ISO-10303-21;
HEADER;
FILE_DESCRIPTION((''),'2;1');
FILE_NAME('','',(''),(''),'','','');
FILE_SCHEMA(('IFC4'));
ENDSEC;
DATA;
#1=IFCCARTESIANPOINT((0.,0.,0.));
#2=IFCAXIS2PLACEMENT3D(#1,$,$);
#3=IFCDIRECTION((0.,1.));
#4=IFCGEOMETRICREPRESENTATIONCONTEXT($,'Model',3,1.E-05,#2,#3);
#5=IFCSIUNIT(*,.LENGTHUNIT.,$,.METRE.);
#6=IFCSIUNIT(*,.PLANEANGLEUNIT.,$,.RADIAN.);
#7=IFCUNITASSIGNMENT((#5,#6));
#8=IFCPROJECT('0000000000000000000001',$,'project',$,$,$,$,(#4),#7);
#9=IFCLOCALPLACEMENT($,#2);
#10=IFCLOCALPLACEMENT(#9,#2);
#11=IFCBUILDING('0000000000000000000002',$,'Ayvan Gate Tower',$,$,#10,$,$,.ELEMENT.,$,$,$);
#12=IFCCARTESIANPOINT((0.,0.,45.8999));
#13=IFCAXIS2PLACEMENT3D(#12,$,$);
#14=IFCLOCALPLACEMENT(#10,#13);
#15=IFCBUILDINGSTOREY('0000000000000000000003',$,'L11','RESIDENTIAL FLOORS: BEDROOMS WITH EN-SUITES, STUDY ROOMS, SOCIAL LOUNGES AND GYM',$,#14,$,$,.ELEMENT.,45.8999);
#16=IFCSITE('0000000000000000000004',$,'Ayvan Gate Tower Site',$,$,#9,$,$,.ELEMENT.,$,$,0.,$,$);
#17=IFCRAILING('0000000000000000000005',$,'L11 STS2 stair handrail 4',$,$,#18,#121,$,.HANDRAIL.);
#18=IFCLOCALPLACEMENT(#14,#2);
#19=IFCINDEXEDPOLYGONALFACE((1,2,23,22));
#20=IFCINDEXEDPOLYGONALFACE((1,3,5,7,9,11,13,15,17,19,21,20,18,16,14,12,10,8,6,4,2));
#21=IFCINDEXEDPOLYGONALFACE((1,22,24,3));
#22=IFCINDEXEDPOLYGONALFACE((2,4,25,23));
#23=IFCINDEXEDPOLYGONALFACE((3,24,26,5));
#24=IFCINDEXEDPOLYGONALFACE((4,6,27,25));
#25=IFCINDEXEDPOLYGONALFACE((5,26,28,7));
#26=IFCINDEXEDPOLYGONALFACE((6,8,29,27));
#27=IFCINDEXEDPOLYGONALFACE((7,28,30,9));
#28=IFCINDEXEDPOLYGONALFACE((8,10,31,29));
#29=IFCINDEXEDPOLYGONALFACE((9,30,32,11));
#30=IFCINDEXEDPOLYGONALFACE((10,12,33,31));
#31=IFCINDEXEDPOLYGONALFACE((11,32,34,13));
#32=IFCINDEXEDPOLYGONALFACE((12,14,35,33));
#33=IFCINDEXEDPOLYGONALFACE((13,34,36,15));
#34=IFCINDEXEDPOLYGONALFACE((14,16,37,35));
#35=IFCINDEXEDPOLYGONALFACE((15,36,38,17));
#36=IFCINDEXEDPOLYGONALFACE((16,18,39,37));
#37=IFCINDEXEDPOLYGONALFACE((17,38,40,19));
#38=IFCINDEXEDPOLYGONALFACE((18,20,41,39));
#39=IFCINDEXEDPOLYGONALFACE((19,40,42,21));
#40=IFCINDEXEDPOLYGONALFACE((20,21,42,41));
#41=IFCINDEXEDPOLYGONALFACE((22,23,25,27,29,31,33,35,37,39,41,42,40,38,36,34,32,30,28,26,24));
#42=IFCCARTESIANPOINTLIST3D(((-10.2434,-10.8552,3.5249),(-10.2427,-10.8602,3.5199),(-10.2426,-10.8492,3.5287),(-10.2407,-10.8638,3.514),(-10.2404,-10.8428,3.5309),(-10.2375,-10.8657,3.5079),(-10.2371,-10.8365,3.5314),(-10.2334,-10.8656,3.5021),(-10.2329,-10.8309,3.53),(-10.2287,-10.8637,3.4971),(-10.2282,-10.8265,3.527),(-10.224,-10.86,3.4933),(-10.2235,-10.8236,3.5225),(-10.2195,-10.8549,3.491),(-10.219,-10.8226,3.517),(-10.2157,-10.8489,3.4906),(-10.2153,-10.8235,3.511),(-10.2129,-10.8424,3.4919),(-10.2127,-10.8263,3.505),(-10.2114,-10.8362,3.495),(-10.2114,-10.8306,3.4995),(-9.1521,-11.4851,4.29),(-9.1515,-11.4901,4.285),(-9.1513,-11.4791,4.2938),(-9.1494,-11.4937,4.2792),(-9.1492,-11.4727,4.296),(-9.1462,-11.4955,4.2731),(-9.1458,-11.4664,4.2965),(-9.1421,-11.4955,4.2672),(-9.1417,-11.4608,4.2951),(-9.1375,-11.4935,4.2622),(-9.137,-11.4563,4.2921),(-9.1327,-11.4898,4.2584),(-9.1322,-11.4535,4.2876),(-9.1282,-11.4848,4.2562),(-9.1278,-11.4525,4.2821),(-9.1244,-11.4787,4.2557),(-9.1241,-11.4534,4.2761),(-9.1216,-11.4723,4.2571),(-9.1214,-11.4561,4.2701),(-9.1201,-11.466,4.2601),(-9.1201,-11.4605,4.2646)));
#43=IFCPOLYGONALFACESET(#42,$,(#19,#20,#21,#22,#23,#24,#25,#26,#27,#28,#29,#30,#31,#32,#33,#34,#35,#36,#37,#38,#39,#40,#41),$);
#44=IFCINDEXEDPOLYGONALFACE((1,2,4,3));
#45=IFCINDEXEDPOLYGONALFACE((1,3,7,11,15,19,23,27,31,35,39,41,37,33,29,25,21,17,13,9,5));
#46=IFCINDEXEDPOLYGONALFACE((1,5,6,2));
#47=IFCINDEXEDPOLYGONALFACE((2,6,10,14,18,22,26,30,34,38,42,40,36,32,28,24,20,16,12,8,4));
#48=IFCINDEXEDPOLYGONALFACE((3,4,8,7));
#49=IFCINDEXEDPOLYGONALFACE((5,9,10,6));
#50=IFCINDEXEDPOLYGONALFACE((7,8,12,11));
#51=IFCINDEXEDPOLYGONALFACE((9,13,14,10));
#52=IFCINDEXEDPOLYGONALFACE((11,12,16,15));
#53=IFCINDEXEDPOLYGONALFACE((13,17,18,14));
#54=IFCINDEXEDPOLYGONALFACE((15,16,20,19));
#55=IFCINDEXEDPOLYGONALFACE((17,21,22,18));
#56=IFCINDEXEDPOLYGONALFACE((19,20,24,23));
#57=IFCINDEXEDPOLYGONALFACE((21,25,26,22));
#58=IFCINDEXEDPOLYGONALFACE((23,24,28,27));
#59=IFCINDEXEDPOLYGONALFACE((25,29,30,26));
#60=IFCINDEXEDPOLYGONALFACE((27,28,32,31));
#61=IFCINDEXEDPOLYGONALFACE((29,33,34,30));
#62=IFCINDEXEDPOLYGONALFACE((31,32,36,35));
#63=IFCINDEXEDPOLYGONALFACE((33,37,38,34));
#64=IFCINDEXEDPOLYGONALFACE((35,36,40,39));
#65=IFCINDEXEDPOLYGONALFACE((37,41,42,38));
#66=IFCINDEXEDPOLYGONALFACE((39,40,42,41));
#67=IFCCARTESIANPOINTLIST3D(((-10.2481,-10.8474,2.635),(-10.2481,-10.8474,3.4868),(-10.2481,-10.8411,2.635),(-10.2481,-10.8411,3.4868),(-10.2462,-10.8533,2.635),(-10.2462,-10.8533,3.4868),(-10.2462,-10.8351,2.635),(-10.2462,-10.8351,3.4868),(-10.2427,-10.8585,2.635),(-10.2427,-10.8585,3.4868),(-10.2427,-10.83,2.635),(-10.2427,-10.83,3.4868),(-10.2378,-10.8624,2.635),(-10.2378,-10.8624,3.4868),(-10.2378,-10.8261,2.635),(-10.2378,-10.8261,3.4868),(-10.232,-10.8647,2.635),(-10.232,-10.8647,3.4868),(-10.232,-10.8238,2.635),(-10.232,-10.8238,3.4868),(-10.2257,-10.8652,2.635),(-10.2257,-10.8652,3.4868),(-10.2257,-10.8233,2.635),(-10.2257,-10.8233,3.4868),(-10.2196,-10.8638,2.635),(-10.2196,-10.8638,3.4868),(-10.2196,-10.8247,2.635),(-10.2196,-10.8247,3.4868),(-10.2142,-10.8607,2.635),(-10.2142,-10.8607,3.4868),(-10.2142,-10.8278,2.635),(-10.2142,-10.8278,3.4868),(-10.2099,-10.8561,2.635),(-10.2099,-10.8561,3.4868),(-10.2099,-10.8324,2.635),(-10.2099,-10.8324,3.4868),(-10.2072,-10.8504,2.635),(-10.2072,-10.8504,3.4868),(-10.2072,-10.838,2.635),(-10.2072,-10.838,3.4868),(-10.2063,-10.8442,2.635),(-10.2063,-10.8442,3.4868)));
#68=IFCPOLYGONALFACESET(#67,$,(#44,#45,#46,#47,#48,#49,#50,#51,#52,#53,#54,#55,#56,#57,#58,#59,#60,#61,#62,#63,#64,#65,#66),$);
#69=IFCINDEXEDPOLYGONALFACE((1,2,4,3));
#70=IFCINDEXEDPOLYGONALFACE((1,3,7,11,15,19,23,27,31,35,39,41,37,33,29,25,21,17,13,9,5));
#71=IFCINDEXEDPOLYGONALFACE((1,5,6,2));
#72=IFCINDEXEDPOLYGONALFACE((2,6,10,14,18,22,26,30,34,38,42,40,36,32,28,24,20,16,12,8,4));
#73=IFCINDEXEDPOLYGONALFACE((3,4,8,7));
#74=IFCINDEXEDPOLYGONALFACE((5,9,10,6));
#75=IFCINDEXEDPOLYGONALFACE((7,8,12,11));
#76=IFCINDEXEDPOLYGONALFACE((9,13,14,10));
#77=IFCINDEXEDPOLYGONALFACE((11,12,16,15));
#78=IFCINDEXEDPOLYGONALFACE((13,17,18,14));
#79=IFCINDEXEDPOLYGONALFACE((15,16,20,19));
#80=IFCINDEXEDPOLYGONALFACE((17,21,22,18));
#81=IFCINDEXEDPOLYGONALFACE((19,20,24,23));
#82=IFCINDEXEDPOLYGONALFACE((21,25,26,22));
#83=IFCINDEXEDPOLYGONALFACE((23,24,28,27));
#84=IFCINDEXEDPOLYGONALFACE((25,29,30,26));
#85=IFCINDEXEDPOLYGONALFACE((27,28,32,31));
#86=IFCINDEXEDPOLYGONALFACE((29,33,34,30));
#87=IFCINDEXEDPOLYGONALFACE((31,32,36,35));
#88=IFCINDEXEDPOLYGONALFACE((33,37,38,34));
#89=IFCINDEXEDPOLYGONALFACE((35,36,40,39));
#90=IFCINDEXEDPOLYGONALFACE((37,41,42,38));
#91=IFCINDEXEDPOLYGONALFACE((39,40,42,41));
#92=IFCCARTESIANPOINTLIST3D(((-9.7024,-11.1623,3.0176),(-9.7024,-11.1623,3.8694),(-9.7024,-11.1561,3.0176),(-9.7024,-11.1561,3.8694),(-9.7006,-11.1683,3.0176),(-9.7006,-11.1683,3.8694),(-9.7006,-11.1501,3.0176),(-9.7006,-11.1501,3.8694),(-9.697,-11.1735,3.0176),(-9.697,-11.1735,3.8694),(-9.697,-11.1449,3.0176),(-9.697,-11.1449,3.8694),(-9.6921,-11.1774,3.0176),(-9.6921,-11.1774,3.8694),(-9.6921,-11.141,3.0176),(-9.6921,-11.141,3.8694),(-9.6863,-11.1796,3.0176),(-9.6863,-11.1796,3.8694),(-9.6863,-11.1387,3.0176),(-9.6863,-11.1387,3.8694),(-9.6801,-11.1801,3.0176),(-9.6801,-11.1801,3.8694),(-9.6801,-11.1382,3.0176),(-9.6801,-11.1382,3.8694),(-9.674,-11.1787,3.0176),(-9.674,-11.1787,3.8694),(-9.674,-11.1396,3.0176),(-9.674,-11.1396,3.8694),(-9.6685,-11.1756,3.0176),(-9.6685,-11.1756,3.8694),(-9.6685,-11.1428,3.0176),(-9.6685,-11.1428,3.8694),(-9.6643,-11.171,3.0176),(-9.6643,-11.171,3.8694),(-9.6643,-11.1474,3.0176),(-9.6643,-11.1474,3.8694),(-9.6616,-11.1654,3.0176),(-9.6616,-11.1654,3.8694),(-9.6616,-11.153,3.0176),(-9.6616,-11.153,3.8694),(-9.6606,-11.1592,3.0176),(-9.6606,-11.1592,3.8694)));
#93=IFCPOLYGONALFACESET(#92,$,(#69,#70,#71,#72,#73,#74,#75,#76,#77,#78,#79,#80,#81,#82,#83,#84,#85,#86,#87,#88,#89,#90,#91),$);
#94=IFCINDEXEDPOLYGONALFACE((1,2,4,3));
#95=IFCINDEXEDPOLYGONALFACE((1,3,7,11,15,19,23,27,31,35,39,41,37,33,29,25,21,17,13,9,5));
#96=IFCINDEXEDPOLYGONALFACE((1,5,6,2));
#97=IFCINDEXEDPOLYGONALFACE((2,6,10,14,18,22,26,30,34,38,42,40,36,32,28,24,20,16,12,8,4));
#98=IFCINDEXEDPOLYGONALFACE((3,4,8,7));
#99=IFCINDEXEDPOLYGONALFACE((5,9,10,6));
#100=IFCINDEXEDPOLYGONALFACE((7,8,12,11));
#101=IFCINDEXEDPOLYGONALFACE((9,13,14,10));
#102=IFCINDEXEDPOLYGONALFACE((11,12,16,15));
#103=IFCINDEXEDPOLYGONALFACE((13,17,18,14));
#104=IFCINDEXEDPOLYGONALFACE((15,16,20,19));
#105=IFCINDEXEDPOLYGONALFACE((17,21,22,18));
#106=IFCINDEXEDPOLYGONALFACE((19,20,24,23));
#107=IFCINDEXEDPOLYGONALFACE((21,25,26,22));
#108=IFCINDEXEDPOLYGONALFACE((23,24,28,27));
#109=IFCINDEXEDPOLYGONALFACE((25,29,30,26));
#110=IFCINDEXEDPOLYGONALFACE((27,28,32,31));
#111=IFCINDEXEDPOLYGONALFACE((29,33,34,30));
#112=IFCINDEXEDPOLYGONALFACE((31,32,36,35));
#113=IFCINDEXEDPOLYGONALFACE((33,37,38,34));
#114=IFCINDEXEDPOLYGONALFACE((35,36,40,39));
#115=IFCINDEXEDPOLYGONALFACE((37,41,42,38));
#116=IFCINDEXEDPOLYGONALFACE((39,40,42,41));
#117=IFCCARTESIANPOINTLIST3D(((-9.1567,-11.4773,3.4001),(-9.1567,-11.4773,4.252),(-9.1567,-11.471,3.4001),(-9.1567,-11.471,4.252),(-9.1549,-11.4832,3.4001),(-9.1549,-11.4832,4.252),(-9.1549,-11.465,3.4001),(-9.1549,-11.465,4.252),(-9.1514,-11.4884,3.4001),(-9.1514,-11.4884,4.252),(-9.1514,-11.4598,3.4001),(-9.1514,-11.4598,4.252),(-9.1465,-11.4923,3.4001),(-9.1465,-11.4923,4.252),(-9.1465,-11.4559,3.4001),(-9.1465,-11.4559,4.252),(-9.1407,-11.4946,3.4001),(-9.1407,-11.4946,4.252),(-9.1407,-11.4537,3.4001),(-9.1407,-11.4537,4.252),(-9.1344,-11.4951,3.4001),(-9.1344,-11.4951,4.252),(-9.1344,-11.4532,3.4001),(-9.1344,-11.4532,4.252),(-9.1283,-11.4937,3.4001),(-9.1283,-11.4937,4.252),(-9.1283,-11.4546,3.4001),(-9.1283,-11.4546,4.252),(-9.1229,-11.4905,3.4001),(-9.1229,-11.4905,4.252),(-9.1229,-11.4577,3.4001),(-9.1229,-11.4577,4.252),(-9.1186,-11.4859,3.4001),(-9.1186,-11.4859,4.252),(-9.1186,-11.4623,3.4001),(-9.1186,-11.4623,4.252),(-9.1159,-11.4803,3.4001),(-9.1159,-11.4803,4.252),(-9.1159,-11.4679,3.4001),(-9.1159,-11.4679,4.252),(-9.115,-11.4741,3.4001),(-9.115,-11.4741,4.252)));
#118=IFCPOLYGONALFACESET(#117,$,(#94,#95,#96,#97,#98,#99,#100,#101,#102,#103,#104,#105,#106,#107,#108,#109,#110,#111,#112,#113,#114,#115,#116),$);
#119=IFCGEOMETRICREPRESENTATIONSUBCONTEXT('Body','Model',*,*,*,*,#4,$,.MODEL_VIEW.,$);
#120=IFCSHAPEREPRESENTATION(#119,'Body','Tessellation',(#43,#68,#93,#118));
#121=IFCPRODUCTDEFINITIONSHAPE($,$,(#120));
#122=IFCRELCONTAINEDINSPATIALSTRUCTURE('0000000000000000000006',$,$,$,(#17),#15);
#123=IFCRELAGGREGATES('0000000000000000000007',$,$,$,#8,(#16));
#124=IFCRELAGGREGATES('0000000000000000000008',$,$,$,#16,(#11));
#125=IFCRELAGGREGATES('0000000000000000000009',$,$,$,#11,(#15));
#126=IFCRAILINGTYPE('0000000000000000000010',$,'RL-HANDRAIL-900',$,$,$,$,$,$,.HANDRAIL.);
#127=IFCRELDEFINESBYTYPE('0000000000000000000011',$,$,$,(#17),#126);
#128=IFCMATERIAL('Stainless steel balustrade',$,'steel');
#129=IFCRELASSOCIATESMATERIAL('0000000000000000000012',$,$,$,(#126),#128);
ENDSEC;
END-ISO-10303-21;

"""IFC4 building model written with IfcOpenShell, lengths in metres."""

from ifc_helpers import new_model, si_unit, direction, frame, origin, origin_2d, place, context, subcontext, project, spatial, circle, extrude, material, type_object, element, save


model = new_model("IFC4")

# Units and contexts
model_context = context("Model", 3, precision=1e-05, world=origin(), true_north=direction((0.0, 1.0)))
body_context = subcontext(model_context, "Body", "Model", "MODEL_VIEW")
ifc_project = project(units=[si_unit("LENGTHUNIT", "METRE"), si_unit("PLANEANGLEUNIT", "RADIAN")], contexts=[model_context])

# Site, building, storey
site_placement = place(None, origin())
site = spatial("IfcSite", under=ifc_project, at=site_placement, Name="Ayvan Gate Tower Site", CompositionType="ELEMENT", RefElevation=0.0)
building_placement = place(site_placement, origin())
building = spatial("IfcBuilding", under=site, at=building_placement, Name="Ayvan Gate Tower", CompositionType="ELEMENT")
storey_placement = place(building_placement, frame((0.0, 0.0, 45.8999)))
storey = spatial("IfcBuildingStorey", under=building, at=storey_placement, Name="L11", Description="RESIDENTIAL FLOORS: BEDROOMS WITH EN-SUITES, STUDY ROOMS, SOCIAL LOUNGES AND GYM", CompositionType="ELEMENT", Elevation=45.8999)

# Railing
ifc_material_1 = material(Name="Stainless steel balustrade", Category="steel")
railing_type_1 = type_object("IfcRailingType", Name="RL-HANDRAIL-900", PredefinedType="HANDRAIL", material=ifc_material_1)
railing_1_placement = place(storey_placement, frame((-10.2273, -10.8442, 2.635)))
element("IfcRailing", 1, at=railing_1_placement, inside=storey, type_object=railing_type_1, Name="L11 STS2 stair handrail 4", PredefinedType="HANDRAIL", context=body_context, shape_type="SweptSolid", body=[
    extrude(circle(Radius=0.0239, at=origin_2d()), frame((0.0, 0.0, 0.876), z_axis=(0.740293, -0.427283, 0.519033), x_axis=(0.49989, 0.866089, 0.0)), (0.0, 0.0, 1.0), 1.4741),
    extrude(circle(Radius=0.021, at=origin_2d()), origin(), (0.0, 0.0, 1.0), 0.8518),
    extrude(circle(Radius=0.021, at=origin_2d()), frame((0.5457, -0.3149, 0.3826)), (0.0, 0.0, 1.0), 0.8518),
    extrude(circle(Radius=0.021, at=origin_2d()), frame((1.0913, -0.6299, 0.7651)), (0.0, 0.0, 1.0), 0.8518),
])

save(model, "model.ifc")
